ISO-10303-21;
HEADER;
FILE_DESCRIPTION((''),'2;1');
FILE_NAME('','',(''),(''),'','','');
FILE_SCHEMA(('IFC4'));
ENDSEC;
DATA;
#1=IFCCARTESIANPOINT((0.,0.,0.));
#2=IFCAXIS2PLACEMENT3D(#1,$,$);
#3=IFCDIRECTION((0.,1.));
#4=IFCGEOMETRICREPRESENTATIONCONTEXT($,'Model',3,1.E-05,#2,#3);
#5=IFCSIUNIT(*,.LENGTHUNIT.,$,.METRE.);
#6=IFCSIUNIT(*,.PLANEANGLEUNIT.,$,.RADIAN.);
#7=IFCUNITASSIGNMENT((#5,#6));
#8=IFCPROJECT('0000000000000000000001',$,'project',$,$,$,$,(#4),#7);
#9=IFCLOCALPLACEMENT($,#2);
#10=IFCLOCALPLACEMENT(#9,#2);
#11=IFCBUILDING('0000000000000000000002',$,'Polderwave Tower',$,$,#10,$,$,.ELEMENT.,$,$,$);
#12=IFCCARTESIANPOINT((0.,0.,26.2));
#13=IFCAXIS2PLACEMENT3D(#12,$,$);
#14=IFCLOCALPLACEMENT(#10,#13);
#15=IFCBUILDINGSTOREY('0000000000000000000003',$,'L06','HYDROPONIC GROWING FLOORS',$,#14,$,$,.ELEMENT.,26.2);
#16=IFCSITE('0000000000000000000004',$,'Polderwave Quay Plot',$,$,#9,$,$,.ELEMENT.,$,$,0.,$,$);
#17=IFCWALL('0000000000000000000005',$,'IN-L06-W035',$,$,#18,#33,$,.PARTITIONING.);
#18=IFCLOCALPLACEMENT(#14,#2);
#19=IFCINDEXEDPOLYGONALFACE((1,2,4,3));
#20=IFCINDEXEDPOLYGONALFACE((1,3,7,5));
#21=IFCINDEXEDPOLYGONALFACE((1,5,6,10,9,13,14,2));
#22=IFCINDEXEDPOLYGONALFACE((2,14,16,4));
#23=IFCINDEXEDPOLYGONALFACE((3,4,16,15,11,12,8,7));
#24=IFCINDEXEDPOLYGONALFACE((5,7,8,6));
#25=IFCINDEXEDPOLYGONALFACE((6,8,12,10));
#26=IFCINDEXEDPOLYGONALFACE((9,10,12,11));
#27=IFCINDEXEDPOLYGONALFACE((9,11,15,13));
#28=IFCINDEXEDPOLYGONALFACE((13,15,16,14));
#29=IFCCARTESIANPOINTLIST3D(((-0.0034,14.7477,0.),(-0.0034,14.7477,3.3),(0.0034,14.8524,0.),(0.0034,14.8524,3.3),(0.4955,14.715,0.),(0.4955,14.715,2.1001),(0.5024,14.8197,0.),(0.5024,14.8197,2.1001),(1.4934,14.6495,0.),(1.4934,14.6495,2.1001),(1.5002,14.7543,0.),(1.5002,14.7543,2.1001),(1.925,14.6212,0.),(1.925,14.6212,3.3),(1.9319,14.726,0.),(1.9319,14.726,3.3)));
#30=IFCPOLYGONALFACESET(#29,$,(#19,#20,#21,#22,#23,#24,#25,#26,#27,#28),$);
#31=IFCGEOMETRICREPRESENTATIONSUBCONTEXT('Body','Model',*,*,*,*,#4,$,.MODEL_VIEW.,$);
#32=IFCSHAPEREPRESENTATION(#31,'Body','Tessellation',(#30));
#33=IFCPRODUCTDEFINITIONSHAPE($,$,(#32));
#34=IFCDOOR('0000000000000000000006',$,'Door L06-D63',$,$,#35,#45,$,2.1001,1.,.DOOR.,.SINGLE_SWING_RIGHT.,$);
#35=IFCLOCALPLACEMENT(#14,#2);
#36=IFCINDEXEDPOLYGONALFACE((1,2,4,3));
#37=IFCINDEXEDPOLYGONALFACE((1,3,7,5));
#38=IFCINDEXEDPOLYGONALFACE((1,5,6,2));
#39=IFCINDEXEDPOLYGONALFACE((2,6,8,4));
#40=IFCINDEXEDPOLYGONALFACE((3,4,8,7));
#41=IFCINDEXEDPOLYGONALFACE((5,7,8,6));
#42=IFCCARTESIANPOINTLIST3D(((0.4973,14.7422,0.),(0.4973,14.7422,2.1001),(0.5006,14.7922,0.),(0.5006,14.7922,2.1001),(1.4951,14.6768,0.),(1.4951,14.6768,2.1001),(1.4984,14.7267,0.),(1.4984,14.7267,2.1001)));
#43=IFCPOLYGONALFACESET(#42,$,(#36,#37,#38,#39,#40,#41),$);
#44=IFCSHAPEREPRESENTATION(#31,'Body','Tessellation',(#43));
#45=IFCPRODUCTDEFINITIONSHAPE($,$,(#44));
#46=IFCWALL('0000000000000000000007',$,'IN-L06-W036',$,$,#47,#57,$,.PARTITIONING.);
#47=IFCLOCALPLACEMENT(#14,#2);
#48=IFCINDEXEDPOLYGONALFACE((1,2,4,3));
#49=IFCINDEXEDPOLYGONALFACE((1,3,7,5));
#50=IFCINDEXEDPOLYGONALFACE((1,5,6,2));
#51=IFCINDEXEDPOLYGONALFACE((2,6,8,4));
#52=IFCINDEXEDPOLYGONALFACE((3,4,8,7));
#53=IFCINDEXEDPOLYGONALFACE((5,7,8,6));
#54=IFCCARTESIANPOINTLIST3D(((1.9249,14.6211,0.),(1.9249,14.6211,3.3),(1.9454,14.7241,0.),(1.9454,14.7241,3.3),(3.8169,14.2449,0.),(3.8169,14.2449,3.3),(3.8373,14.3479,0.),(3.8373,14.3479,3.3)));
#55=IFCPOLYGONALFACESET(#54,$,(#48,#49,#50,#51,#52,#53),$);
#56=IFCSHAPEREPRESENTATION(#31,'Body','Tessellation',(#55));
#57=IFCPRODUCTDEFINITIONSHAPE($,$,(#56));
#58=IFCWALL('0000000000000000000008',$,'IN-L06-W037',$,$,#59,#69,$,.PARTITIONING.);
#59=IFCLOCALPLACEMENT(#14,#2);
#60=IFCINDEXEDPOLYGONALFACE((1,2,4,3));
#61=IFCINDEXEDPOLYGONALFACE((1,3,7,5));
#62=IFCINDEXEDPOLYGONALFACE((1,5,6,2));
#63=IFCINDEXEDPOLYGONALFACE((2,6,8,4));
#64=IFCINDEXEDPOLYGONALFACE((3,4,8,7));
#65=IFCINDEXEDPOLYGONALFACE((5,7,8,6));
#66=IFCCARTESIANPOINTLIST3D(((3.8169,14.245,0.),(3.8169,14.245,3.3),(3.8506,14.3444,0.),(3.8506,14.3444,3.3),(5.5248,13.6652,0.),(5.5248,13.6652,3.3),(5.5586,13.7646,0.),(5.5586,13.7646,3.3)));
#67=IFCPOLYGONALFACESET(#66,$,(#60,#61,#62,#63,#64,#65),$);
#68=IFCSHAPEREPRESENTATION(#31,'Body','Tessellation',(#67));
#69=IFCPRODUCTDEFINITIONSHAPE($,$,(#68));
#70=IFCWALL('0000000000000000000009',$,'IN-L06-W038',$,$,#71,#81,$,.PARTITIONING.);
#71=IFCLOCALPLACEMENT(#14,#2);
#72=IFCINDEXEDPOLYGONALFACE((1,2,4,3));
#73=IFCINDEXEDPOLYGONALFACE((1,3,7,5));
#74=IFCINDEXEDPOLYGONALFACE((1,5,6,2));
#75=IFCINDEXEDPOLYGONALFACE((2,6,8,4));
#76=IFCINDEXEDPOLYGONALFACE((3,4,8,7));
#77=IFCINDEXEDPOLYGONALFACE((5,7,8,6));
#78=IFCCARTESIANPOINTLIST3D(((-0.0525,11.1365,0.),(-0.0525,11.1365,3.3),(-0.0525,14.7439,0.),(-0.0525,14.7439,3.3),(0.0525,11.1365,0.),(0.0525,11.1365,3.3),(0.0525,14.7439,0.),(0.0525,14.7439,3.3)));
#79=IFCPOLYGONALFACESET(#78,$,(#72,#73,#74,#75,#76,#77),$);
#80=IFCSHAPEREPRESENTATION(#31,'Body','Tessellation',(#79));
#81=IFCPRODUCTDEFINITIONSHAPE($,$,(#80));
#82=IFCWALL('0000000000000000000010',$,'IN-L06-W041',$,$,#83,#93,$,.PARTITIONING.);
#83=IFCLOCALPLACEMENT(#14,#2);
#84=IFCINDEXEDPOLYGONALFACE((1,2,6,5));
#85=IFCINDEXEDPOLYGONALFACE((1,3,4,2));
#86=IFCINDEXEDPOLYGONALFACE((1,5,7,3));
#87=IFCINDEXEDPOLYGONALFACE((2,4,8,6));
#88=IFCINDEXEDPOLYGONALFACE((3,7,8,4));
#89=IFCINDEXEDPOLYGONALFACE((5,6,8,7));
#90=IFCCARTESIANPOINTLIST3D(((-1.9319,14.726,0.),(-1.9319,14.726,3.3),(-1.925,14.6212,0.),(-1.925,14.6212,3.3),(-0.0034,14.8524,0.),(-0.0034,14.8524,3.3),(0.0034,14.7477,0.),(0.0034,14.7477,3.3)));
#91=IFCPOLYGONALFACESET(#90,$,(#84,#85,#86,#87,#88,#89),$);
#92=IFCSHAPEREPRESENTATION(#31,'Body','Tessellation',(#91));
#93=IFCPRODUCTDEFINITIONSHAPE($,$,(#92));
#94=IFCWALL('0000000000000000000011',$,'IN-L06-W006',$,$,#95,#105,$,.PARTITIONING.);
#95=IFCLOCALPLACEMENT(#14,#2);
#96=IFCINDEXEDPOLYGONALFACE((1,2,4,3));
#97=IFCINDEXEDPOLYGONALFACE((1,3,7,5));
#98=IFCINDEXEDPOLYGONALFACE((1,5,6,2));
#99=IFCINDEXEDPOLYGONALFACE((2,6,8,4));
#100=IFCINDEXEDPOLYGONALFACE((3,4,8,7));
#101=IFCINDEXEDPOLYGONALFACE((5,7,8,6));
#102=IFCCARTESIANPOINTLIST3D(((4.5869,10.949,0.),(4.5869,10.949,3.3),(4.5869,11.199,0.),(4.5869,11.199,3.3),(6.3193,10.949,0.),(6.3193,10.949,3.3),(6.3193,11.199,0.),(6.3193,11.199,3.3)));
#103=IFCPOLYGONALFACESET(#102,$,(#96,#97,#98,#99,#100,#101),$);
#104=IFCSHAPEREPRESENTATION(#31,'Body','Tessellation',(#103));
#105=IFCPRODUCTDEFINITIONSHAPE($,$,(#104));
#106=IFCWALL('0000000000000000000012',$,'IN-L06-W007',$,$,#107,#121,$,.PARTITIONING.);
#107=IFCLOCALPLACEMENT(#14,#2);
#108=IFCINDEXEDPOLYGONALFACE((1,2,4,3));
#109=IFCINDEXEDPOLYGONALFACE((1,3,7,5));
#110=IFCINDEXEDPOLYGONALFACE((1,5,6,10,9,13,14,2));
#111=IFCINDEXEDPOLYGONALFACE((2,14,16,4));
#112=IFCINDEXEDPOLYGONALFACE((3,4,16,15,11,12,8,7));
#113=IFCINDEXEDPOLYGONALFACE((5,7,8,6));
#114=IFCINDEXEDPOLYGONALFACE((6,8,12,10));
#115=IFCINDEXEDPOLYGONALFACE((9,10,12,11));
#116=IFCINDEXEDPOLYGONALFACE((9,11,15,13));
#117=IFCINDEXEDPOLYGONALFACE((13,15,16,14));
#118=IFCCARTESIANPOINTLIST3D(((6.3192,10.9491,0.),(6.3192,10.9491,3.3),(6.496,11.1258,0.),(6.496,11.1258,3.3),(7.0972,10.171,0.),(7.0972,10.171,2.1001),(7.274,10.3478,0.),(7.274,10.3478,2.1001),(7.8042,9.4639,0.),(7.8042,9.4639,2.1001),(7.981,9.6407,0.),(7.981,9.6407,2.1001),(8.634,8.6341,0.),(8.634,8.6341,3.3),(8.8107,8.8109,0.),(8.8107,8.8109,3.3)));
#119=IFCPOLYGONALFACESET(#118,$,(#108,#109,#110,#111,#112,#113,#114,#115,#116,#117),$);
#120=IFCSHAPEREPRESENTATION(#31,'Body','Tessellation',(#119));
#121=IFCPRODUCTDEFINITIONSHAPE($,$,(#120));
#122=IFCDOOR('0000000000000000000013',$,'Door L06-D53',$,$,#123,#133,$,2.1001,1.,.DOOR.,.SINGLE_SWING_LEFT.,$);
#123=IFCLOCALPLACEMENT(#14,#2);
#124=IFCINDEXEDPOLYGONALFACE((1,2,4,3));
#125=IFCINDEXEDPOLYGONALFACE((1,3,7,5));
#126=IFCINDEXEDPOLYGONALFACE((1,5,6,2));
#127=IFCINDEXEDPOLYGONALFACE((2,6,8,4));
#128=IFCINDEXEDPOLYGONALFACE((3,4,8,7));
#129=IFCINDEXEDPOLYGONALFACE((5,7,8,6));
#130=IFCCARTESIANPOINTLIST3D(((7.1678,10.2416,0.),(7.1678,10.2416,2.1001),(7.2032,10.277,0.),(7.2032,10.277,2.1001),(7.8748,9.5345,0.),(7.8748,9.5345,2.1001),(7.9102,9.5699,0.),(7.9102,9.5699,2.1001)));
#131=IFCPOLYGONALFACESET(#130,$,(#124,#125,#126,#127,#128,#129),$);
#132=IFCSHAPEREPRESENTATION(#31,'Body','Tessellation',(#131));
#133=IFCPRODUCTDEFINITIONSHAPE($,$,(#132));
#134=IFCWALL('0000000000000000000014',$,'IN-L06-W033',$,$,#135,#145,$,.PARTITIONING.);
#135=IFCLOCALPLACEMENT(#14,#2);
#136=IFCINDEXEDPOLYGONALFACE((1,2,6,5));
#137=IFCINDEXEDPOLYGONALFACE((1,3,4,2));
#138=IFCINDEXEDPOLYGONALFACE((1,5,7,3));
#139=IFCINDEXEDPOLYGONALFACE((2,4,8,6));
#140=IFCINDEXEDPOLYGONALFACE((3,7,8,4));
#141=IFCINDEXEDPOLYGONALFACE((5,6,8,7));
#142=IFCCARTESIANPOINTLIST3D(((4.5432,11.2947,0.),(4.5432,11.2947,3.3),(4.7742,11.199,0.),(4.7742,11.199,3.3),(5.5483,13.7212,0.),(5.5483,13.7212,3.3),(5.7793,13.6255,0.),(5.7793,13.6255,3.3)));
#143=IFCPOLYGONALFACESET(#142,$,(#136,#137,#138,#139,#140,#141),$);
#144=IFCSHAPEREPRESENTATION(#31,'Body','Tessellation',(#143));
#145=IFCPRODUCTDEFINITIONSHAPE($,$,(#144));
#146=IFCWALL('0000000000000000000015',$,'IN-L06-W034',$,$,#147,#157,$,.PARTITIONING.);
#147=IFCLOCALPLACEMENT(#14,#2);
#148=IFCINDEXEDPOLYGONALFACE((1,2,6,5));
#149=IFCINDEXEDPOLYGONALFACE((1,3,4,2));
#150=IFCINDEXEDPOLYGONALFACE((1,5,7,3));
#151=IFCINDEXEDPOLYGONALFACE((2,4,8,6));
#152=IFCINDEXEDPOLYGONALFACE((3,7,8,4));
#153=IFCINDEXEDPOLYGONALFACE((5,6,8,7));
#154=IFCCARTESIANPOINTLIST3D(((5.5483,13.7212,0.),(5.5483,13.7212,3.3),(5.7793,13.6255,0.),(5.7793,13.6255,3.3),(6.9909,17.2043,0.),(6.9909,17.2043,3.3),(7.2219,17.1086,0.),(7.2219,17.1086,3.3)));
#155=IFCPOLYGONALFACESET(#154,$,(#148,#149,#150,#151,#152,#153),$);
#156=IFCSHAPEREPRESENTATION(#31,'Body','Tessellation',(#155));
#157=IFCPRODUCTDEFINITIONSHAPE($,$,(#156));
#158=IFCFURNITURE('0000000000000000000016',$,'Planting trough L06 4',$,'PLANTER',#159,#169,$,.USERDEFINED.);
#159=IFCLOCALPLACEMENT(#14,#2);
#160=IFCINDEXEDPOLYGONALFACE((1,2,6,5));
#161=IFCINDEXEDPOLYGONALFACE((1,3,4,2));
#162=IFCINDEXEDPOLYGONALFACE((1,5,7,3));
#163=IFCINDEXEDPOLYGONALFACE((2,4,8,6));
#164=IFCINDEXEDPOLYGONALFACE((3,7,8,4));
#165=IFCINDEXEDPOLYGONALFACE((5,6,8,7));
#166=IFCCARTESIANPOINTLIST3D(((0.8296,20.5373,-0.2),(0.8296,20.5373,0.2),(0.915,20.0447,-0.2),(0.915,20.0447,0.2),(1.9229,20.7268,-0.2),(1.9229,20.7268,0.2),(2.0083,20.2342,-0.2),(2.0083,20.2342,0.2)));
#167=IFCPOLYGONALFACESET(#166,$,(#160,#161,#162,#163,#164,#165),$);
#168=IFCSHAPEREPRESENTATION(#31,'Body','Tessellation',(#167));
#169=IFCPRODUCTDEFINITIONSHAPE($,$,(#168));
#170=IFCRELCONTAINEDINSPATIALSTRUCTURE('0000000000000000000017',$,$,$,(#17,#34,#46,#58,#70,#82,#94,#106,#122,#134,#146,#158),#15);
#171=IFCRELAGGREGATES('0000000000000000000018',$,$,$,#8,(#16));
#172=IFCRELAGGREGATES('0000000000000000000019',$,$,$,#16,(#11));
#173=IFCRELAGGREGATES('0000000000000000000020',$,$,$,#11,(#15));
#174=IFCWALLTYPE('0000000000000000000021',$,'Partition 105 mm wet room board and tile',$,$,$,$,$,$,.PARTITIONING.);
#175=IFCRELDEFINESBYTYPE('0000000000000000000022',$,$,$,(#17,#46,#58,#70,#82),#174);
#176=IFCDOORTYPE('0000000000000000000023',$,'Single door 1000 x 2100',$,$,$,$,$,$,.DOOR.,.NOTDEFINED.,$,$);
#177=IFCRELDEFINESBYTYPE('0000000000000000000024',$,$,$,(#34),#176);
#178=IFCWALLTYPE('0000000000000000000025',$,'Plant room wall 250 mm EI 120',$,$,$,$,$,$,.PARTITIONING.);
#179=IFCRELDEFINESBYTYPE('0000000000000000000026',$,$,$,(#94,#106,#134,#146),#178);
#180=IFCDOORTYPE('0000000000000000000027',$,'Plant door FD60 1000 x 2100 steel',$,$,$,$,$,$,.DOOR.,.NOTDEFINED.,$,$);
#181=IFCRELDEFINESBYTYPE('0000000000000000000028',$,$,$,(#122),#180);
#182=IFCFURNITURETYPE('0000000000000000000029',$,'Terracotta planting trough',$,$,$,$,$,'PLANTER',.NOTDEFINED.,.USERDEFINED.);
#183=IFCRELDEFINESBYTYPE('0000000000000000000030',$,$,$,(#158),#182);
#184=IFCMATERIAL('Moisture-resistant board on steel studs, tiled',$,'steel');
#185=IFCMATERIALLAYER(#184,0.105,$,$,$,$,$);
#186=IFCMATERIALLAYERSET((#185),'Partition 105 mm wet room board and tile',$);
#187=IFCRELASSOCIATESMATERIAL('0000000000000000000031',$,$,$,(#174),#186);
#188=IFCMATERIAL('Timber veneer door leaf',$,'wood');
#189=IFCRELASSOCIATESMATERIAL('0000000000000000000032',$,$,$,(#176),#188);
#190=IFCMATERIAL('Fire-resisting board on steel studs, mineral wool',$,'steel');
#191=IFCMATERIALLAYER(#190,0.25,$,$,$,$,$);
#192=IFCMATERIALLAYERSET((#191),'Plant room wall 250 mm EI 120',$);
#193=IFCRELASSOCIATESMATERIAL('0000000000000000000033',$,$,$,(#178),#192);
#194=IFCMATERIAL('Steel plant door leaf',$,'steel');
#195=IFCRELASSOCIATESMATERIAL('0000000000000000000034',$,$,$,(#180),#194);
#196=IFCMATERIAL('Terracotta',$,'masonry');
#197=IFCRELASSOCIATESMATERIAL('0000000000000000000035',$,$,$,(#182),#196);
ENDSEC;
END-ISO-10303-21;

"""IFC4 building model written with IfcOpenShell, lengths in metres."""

from ifc_helpers import new_model, si_unit, direction, frame, frame_2d, origin, origin_2d, place, context, subcontext, project, spatial, rectangle, extrude, material, layer, layer_set, type_object, element, fill, save


model = new_model("IFC4")

# Units and contexts
model_context = context("Model", 3, precision=1e-05, world=origin(), true_north=direction((0.0, 1.0)))
body_context = subcontext(model_context, "Body", "Model", "MODEL_VIEW")
ifc_project = project(units=[si_unit("LENGTHUNIT", "METRE"), si_unit("PLANEANGLEUNIT", "RADIAN")], contexts=[model_context])

# Site, building, storey
site_placement = place(None, origin())
site = spatial("IfcSite", under=ifc_project, at=site_placement, Name="Polderwave Quay Plot", CompositionType="ELEMENT", RefElevation=0.0)
building_placement = place(site_placement, origin())
building = spatial("IfcBuilding", under=site, at=building_placement, Name="Polderwave Tower", CompositionType="ELEMENT")
storey_placement = place(building_placement, frame((0.0, 0.0, 26.2)))
storey = spatial("IfcBuildingStorey", under=building, at=storey_placement, Name="L06", Description="HYDROPONIC GROWING FLOORS", CompositionType="ELEMENT", Elevation=26.2)

# Wall, opening, door
ifc_material_1 = material(Name="Moisture-resistant board on steel studs, tiled", Category="steel")
ifc_layer_1 = layer(ifc_material_1, 0.105)
ifc_layer_set_1 = layer_set([ifc_layer_1], Name="Partition 105 mm wet room board and tile")
wall_type_1 = type_object("IfcWallType", Name="Partition 105 mm wet room board and tile", PredefinedType="PARTITIONING", material=ifc_layer_set_1)
wall_1_placement = place(storey_placement, frame((0.0, 14.8, 0.0), z_axis=(0.0, 0.0, 1.0), x_axis=(0.997857, -0.065437, 0.0)))
wall_1 = element("IfcWall", 1, at=wall_1_placement, inside=storey, type_object=wall_type_1, Name="IN-L06-W035", PredefinedType="PARTITIONING", context=body_context, shape_type="SweptSolid", body=[
    extrude(rectangle(XDim=1.9326, YDim=0.105, at=frame_2d((0.9663, 0.0))), origin(), (0.0, 0.0, 1.0), 3.3),
])
opening_1_placement = place(wall_1_placement, frame((0.5, 0.0, 0.0)))
opening_1 = element("IfcOpeningElement", 2, at=opening_1_placement, cuts=wall_1, PredefinedType="OPENING", context=body_context, shape_type="SweptSolid", body=[
    extrude(rectangle(XDim=1.0, YDim=2.1001, at=frame_2d((0.5, 1.05))), frame((0.0, 0.0625, 0.0), z_axis=(0.0, -1.0, 0.0), x_axis=(1.0, 0.0, 0.0)), (0.0, 0.0, 1.0), 0.125),
])
ifc_material_2 = material(Name="Timber veneer door leaf", Category="wood")
door_type_1 = type_object("IfcDoorType", Name="Single door 1000 x 2100", OperationType="NOTDEFINED", PredefinedType="DOOR", material=ifc_material_2)
door_1_placement = place(opening_1_placement, origin())
door_1 = element("IfcDoor", 3, at=door_1_placement, inside=storey, type_object=door_type_1, Name="Door L06-D63", OperationType="SINGLE_SWING_RIGHT", OverallHeight=2.1001, OverallWidth=1.0, PredefinedType="DOOR", context=body_context, shape_type="SweptSolid", body=[
    extrude(rectangle(XDim=1.0, YDim=2.1001, at=frame_2d((0.5, 1.05))), frame((0.0, 0.0249, 0.0), z_axis=(0.0, -1.0, 0.0), x_axis=(1.0, 0.0, 0.0)), (0.0, 0.0, 1.0), 0.05),
])
fill(opening_1, door_1)

# Walls
wall_2_placement = place(storey_placement, frame((1.9353, 14.6726, 0.0), z_axis=(0.0, 0.0, 1.0), x_axis=(0.980794, -0.195045, 0.0)))
element("IfcWall", 4, at=wall_2_placement, inside=storey, type_object=wall_type_1, Name="IN-L06-W036", PredefinedType="PARTITIONING", context=body_context, shape_type="SweptSolid", body=[
    extrude(rectangle(XDim=1.929, YDim=0.105, at=frame_2d((0.9644, 0.0))), origin(), (0.0, 0.0, 1.0), 3.3),
])
wall_3_placement = place(storey_placement, frame((3.8337, 14.2947, 0.0), z_axis=(0.0, 0.0, 1.0), x_axis=(0.946923, -0.321461, 0.0)))
element("IfcWall", 5, at=wall_3_placement, inside=storey, type_object=wall_type_1, Name="IN-L06-W037", PredefinedType="PARTITIONING", context=body_context, shape_type="SweptSolid", body=[
    extrude(rectangle(XDim=1.8037, YDim=0.105, at=frame_2d((0.9019, 0.0))), origin(), (0.0, 0.0, 1.0), 3.3),
])
wall_4_placement = place(storey_placement, frame((0.0, 11.1365, 0.0), z_axis=(0.0, 0.0, 1.0), x_axis=(0.0, 1.0, 0.0)))
element("IfcWall", 6, at=wall_4_placement, inside=storey, type_object=wall_type_1, Name="IN-L06-W038", PredefinedType="PARTITIONING", context=body_context, shape_type="SweptSolid", body=[
    extrude(rectangle(XDim=3.6074, YDim=0.105, at=frame_2d((1.8037, 0.0))), origin(), (0.0, 0.0, 1.0), 3.3),
])
wall_5_placement = place(storey_placement, frame((0.0, 14.8, 0.0), z_axis=(0.0, 0.0, 1.0), x_axis=(-0.997857, -0.065437, 0.0)))
element("IfcWall", 7, at=wall_5_placement, inside=storey, type_object=wall_type_1, Name="IN-L06-W041", PredefinedType="PARTITIONING", context=body_context, shape_type="SweptSolid", body=[
    extrude(rectangle(XDim=1.9326, YDim=0.105, at=frame_2d((0.9663, 0.0))), origin(), (0.0, 0.0, 1.0), 3.3),
])
ifc_material_3 = material(Name="Fire-resisting board on steel studs, mineral wool", Category="steel")
ifc_layer_2 = layer(ifc_material_3, 0.25)
ifc_layer_set_2 = layer_set([ifc_layer_2], Name="Plant room wall 250 mm EI 120")
wall_type_2 = type_object("IfcWallType", Name="Plant room wall 250 mm EI 120", PredefinedType="PARTITIONING", material=ifc_layer_set_2)
wall_6_placement = place(storey_placement, frame((4.5869, 11.074, 0.0), z_axis=(0.0, 0.0, 1.0), x_axis=(1.0, 0.0, 0.0)))
element("IfcWall", 8, at=wall_6_placement, inside=storey, type_object=wall_type_2, Name="IN-L06-W006", PredefinedType="PARTITIONING", context=body_context, shape_type="SweptSolid", body=[
    extrude(rectangle(XDim=1.7324, YDim=0.25, at=frame_2d((0.8662, 0.0))), origin(), (0.0, 0.0, 1.0), 3.3),
])

# Wall, opening, door
wall_7_placement = place(storey_placement, frame((6.4077, 11.0374, 0.0), z_axis=(0.0, 0.0, 1.0), x_axis=(0.707069, -0.707144, 0.0)))
wall_7 = element("IfcWall", 9, at=wall_7_placement, inside=storey, type_object=wall_type_2, Name="IN-L06-W007", PredefinedType="PARTITIONING", context=body_context, shape_type="SweptSolid", body=[
    extrude(rectangle(XDim=3.2737, YDim=0.25, at=frame_2d((1.6367, 0.0))), origin(), (0.0, 0.0, 1.0), 3.3),
])
opening_2_placement = place(wall_7_placement, frame((1.1001, 0.0, 0.0)))
opening_2 = element("IfcOpeningElement", 10, at=opening_2_placement, cuts=wall_7, PredefinedType="OPENING", context=body_context, shape_type="SweptSolid", body=[
    extrude(rectangle(XDim=1.0, YDim=2.1001, at=frame_2d((0.5, 1.05))), frame((0.0, 0.135, 0.0), z_axis=(0.0, -1.0, 0.0), x_axis=(1.0, 0.0, 0.0)), (0.0, 0.0, 1.0), 0.27),
])
ifc_material_4 = material(Name="Steel plant door leaf", Category="steel")
door_type_2 = type_object("IfcDoorType", Name="Plant door FD60 1000 x 2100 steel", OperationType="NOTDEFINED", PredefinedType="DOOR", material=ifc_material_4)
door_2_placement = place(opening_2_placement, origin())
door_2 = element("IfcDoor", 11, at=door_2_placement, inside=storey, type_object=door_type_2, Name="Door L06-D53", OperationType="SINGLE_SWING_LEFT", OverallHeight=2.1001, OverallWidth=1.0, PredefinedType="DOOR", context=body_context, shape_type="SweptSolid", body=[
    extrude(rectangle(XDim=1.0, YDim=2.1001, at=frame_2d((0.5, 1.05))), frame((0.0, 0.0249, 0.0), z_axis=(0.0, -1.0, 0.0), x_axis=(1.0, 0.0, 0.0)), (0.0, 0.0, 1.0), 0.05),
])
fill(opening_2, door_2)

# Walls
wall_8_placement = place(storey_placement, frame((4.6587, 11.2468, 0.0), z_axis=(0.0, 0.0, 1.0), x_axis=(0.382694, 0.923875, 0.0)))
element("IfcWall", 12, at=wall_8_placement, inside=storey, type_object=wall_type_2, Name="IN-L06-W033", PredefinedType="PARTITIONING", context=body_context, shape_type="SweptSolid", body=[
    extrude(rectangle(XDim=2.6265, YDim=0.25, at=frame_2d((1.3132, 0.0))), origin(), (0.0, 0.0, 1.0), 3.3),
])
wall_9_placement = place(storey_placement, frame((5.6638, 13.6733, 0.0), z_axis=(0.0, 0.0, 1.0), x_axis=(0.382651, 0.923893, 0.0)))
element("IfcWall", 13, at=wall_9_placement, inside=storey, type_object=wall_type_2, Name="IN-L06-W034", PredefinedType="PARTITIONING", context=body_context, shape_type="SweptSolid", body=[
    extrude(rectangle(XDim=3.77, YDim=0.25, at=frame_2d((1.885, 0.0))), origin(), (0.0, 0.0, 1.0), 3.3),
])

# Furniture
ifc_material_5 = material(Name="Terracotta", Category="masonry")
furniture_type = type_object("IfcFurnitureType", Name="Terracotta planting trough", ElementType="PLANTER", AssemblyPlace="NOTDEFINED", PredefinedType="USERDEFINED", material=ifc_material_5)
furniture_placement = place(storey_placement, frame((1.4189, 20.3857, -0.2), z_axis=(0.0, 0.0, 1.0), x_axis=(-0.985305, -0.170803, 0.0)))
element("IfcFurniture", 14, at=furniture_placement, inside=storey, type_object=furniture_type, Name="Planting trough L06 4", ObjectType="PLANTER", PredefinedType="USERDEFINED", context=body_context, shape_type="SweptSolid", body=[
    extrude(rectangle(XDim=1.1096, YDim=0.5, at=origin_2d()), origin(), (0.0, 0.0, 1.0), 0.3999),
])

save(model, "model.ifc")
